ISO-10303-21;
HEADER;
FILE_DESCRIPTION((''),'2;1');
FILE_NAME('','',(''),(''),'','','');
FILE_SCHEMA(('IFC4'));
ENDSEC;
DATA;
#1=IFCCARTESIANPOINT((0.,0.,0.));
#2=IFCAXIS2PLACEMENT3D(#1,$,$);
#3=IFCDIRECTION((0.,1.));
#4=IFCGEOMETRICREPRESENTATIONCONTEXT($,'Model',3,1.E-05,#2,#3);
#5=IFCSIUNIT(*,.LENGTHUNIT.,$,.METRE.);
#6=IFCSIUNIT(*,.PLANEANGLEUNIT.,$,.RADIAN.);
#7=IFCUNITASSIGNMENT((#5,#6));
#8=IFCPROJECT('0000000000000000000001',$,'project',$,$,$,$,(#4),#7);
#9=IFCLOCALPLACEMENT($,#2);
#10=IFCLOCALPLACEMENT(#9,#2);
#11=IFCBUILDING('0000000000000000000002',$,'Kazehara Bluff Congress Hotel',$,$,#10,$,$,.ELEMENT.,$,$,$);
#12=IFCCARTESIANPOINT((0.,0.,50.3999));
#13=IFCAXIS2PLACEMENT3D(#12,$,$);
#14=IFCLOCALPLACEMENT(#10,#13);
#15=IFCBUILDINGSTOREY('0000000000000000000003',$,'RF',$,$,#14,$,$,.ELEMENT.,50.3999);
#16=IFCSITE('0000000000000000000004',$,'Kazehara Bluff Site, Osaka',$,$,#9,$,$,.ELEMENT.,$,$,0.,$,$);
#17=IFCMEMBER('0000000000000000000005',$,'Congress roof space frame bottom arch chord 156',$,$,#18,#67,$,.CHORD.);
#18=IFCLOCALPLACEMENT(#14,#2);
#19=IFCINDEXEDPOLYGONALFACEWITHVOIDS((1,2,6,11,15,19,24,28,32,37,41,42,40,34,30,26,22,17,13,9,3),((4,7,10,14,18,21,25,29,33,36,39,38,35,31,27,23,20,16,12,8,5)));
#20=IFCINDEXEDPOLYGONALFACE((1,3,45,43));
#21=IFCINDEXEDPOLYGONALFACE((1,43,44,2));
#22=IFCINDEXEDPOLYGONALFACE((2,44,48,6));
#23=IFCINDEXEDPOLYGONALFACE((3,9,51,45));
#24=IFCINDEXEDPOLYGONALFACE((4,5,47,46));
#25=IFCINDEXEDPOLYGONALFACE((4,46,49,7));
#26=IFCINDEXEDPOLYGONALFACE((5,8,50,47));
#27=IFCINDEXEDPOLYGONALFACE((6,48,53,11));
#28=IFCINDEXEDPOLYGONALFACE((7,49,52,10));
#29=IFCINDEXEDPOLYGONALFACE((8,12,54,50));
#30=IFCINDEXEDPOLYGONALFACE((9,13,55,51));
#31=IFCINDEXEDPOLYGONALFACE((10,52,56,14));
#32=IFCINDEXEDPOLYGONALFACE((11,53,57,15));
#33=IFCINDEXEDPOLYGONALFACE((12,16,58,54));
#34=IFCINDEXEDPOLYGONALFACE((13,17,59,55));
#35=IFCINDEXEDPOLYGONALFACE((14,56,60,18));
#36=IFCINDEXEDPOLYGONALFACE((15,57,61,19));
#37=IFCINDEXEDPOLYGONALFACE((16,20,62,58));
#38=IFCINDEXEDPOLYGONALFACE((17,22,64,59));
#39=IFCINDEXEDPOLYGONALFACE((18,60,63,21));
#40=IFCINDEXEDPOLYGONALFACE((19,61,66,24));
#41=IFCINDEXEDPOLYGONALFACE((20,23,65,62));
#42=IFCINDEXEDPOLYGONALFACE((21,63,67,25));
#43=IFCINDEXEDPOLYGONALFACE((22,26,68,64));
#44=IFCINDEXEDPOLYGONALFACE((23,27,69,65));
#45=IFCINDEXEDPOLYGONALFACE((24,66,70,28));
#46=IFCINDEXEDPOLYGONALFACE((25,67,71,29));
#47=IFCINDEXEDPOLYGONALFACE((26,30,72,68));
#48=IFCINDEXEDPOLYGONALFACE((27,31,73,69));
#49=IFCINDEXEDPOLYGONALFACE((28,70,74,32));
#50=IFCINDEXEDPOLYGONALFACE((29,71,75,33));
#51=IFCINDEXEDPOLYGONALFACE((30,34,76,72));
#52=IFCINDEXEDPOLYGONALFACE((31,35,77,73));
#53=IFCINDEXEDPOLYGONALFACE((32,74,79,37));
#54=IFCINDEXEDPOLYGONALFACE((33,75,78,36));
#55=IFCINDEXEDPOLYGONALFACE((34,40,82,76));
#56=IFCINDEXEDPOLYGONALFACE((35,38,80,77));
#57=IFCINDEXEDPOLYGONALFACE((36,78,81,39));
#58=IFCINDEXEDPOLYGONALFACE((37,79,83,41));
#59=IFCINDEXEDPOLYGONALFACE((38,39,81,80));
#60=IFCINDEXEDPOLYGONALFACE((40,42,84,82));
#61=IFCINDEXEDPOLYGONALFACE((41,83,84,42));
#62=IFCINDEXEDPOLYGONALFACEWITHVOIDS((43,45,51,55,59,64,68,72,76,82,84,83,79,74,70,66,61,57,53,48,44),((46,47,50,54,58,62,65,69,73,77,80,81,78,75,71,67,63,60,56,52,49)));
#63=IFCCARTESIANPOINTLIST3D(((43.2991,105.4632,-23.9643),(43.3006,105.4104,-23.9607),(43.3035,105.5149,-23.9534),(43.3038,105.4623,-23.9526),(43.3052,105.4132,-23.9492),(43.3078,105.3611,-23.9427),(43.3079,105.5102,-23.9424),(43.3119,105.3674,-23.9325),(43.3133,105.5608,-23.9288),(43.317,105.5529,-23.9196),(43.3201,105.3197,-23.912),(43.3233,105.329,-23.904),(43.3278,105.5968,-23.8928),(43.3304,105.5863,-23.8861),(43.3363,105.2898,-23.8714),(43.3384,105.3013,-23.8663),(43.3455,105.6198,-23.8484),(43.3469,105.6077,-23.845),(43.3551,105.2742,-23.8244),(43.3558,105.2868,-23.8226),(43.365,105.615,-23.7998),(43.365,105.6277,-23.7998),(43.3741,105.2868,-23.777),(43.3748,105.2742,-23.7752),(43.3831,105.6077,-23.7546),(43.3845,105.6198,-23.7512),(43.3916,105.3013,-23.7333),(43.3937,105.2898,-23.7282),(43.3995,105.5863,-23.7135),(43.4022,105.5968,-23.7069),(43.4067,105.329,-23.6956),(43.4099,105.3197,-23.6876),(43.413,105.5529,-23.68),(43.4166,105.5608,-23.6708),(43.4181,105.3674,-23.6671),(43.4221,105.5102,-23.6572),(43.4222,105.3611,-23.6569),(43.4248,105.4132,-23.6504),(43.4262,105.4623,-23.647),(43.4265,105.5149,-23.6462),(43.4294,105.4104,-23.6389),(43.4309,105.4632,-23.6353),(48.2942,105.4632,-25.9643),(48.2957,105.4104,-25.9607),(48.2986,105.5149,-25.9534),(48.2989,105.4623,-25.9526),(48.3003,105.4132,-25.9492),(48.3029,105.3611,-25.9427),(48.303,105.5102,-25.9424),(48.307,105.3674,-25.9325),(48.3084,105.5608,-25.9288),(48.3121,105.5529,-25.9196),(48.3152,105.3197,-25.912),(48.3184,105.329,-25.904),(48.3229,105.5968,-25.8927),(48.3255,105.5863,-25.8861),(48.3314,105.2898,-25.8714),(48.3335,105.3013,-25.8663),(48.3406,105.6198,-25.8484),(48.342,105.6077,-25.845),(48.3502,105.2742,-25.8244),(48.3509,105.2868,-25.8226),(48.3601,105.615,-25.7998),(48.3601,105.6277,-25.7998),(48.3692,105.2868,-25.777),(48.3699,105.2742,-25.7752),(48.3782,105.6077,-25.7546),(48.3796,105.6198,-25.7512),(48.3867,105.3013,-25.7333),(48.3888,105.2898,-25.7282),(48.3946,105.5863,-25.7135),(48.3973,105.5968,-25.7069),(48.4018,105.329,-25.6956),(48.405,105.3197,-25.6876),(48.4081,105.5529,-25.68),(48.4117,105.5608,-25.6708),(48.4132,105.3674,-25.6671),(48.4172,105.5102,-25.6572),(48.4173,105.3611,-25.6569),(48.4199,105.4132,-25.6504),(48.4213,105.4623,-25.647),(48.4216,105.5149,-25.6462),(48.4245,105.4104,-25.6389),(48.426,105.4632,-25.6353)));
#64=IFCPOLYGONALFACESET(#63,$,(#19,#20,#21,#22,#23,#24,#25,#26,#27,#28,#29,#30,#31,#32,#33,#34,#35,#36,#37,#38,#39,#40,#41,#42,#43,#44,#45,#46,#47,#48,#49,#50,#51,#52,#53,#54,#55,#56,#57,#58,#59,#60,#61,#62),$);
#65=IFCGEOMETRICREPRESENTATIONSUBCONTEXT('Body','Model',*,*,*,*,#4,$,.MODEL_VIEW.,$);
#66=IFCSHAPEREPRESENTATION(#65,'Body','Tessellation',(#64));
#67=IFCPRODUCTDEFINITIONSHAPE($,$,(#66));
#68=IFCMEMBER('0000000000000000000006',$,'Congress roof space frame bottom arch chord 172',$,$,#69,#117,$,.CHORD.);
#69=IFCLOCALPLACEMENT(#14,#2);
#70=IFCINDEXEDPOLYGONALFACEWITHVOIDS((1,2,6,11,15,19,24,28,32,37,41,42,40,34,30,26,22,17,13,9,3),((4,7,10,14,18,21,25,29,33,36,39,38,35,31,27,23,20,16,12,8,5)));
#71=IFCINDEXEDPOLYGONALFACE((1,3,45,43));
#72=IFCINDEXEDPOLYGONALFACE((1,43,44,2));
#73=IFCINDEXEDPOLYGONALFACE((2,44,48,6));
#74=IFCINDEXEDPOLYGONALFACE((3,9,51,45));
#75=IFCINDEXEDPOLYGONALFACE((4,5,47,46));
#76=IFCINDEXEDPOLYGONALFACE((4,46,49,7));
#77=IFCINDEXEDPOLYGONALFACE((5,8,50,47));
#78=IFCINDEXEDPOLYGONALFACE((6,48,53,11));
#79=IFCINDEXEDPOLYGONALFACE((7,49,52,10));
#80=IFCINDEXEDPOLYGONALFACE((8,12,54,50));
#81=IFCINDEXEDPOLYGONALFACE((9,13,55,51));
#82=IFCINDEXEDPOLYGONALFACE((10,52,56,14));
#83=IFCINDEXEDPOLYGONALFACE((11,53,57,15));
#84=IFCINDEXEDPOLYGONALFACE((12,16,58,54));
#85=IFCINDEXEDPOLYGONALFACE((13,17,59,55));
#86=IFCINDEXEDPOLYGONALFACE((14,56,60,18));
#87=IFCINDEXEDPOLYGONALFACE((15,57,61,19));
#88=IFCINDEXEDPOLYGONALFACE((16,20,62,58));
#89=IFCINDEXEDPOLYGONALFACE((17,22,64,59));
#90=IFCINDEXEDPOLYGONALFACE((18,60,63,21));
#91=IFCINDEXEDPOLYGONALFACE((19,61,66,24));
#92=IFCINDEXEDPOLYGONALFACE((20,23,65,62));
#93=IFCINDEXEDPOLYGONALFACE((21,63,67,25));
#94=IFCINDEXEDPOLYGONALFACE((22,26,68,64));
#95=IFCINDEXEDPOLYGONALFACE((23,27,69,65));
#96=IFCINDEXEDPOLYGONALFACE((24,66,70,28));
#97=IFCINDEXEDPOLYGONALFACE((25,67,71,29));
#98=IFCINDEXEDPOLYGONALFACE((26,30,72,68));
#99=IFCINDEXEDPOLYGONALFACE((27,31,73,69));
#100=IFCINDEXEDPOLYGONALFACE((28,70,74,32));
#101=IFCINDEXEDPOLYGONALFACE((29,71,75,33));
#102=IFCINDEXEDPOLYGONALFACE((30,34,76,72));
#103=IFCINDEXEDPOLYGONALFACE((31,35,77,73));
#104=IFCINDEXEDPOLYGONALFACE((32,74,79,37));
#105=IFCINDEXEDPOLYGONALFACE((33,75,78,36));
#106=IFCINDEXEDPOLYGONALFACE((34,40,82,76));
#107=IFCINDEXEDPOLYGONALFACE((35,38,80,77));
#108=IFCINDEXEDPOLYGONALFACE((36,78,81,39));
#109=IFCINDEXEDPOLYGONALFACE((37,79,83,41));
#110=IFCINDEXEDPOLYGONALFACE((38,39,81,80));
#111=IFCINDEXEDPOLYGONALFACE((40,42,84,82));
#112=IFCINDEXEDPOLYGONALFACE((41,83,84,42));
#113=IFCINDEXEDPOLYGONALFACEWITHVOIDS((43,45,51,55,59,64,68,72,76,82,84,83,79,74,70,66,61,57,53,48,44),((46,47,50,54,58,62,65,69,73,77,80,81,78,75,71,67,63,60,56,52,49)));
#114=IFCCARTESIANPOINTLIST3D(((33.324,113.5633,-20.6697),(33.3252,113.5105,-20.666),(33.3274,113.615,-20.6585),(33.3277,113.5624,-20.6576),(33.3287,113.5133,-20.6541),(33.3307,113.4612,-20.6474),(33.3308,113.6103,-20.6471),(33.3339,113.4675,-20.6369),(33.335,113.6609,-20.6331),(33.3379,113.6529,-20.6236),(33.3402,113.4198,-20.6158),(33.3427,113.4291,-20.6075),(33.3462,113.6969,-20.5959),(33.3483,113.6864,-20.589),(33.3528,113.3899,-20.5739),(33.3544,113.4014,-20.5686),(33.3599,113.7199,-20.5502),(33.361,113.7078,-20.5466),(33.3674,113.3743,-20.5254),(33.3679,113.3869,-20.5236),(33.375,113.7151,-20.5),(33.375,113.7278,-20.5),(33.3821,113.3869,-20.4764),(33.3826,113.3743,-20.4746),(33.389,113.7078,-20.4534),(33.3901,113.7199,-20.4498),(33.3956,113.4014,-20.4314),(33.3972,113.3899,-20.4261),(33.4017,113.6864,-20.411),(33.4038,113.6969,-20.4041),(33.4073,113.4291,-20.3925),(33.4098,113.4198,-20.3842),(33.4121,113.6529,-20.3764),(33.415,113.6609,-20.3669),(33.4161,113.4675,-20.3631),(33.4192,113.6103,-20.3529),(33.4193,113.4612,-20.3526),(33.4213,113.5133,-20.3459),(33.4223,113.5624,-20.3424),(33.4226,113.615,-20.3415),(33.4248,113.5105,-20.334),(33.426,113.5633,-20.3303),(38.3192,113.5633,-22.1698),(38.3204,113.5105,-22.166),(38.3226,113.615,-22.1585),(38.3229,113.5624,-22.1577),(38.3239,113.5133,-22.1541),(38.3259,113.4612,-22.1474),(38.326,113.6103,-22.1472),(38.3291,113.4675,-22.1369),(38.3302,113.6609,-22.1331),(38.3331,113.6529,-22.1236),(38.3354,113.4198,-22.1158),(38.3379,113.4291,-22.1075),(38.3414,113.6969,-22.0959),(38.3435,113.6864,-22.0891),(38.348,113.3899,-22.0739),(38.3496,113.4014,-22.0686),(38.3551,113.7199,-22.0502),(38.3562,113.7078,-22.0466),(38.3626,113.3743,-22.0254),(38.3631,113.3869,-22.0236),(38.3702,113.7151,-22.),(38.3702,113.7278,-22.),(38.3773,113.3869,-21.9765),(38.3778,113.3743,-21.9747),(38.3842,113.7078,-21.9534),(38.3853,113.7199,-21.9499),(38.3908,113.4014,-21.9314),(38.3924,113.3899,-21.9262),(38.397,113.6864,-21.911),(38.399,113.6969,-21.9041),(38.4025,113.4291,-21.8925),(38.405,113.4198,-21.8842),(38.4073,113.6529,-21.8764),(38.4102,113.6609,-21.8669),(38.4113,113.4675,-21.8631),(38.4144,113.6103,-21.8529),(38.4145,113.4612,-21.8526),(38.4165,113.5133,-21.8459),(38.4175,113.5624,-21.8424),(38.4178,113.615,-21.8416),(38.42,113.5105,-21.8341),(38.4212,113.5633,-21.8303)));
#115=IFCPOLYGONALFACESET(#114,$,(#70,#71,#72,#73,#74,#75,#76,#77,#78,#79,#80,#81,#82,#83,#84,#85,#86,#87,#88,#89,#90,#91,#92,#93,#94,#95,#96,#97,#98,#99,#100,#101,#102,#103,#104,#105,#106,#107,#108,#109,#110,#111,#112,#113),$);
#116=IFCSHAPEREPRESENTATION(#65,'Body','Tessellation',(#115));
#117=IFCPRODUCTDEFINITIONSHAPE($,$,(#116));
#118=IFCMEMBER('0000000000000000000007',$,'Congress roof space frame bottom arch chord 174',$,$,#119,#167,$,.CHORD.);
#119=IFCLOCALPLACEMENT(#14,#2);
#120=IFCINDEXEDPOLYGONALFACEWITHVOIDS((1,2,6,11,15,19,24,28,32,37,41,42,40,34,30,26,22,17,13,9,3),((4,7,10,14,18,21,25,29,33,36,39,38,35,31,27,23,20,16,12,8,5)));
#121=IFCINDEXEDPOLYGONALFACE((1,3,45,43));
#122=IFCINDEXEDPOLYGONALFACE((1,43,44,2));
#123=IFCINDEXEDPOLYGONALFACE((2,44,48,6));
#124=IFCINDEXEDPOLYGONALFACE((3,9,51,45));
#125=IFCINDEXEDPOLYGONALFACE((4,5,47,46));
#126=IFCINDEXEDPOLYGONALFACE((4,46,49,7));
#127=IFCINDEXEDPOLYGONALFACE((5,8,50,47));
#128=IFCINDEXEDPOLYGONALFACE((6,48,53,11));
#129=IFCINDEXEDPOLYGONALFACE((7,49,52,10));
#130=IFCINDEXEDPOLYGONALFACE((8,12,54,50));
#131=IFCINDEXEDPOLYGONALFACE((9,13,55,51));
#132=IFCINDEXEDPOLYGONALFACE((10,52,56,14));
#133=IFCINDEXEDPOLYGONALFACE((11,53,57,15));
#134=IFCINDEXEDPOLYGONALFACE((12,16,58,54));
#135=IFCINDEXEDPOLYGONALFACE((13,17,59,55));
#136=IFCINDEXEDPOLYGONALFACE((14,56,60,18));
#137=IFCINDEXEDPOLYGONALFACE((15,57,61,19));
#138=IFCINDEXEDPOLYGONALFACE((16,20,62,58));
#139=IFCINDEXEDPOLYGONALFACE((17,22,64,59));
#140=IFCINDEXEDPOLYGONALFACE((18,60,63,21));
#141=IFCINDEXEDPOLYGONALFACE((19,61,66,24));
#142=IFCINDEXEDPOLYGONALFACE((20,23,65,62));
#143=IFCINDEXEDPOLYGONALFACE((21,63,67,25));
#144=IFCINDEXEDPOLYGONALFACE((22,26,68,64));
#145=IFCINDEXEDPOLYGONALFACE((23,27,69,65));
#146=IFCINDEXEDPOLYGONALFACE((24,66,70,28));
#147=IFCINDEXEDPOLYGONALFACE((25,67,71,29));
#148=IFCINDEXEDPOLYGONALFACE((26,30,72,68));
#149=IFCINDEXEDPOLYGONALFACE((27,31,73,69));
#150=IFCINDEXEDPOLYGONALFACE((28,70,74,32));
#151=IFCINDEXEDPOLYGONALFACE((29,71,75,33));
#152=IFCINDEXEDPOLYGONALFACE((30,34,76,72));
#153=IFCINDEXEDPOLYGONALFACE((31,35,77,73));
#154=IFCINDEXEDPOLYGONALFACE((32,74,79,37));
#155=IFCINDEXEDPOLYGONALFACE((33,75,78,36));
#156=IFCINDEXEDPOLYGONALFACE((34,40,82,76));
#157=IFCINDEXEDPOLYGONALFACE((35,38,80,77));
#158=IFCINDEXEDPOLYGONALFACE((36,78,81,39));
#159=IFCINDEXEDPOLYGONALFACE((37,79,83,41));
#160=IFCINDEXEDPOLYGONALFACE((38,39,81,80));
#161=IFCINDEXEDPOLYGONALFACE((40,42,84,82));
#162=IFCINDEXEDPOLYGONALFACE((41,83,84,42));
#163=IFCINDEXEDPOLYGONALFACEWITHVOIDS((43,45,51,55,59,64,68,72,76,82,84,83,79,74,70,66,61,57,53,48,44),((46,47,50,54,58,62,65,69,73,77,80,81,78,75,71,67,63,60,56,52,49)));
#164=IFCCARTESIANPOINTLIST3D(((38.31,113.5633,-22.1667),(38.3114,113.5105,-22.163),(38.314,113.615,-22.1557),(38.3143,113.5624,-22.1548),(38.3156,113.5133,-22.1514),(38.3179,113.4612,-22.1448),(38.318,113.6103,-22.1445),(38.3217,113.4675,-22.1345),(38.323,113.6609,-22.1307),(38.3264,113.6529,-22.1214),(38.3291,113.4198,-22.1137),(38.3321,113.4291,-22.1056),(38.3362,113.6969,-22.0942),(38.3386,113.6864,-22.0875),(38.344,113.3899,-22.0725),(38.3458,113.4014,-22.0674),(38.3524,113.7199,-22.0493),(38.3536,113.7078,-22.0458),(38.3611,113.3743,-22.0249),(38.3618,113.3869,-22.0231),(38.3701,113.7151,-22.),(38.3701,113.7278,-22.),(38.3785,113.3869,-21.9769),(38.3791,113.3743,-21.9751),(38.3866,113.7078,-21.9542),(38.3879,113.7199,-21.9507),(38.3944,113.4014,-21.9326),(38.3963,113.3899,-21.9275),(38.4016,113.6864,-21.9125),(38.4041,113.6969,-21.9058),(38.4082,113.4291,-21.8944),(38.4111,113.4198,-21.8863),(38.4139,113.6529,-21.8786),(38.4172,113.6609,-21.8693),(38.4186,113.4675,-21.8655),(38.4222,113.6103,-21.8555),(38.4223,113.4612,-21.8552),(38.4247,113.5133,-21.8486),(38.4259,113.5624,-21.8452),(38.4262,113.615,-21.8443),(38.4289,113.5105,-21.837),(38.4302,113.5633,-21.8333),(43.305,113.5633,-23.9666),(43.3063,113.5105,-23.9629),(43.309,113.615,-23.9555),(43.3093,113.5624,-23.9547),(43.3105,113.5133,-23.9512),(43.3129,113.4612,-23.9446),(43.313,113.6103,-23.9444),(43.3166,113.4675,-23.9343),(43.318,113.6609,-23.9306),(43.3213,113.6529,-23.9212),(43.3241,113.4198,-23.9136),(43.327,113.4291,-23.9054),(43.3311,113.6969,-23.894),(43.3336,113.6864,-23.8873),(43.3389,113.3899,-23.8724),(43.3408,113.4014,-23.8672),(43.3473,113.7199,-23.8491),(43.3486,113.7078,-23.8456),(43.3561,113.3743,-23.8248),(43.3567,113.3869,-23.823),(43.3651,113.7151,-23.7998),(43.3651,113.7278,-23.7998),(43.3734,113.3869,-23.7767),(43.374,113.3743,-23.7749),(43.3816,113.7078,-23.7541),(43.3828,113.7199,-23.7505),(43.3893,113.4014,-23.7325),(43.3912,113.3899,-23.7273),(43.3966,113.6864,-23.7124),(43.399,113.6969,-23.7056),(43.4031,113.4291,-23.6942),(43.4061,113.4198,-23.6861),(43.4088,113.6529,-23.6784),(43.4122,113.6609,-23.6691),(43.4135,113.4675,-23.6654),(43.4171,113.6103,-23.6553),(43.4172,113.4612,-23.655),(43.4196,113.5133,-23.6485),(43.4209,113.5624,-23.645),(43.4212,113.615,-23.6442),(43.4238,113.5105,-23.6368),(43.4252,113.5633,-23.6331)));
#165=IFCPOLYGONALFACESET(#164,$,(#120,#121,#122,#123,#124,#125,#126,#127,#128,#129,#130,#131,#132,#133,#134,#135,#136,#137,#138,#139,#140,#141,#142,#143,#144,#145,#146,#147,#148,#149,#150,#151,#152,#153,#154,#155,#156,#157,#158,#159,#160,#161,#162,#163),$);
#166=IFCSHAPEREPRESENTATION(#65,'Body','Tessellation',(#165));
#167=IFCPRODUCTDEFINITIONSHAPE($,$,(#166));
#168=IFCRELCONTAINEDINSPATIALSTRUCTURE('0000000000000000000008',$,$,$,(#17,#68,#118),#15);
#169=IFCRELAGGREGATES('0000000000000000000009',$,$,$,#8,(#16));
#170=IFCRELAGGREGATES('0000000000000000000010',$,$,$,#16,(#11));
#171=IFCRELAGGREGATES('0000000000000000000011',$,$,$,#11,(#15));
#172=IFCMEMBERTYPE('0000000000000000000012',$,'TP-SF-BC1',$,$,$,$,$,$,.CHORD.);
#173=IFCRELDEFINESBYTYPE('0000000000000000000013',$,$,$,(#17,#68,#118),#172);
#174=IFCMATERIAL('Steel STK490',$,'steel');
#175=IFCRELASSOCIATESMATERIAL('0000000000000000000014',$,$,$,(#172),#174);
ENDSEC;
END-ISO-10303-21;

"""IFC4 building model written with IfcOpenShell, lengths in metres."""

from ifc_helpers import new_model, si_unit, direction, frame, origin, origin_2d, place, context, subcontext, project, spatial, hollow_circle, extrude, material, material_profile, profile_set, type_object, element, save


model = new_model("IFC4")

# Units and contexts
model_context = context("Model", 3, precision=1e-05, world=origin(), true_north=direction((0.0, 1.0)))
body_context = subcontext(model_context, "Body", "Model", "MODEL_VIEW")
ifc_project = project(units=[si_unit("LENGTHUNIT", "METRE"), si_unit("PLANEANGLEUNIT", "RADIAN")], contexts=[model_context])

# Site, building, storey
site_placement = place(None, origin())
site = spatial("IfcSite", under=ifc_project, at=site_placement, Name="Kazehara Bluff Site, Osaka", CompositionType="ELEMENT", RefElevation=0.0)
building_placement = place(site_placement, origin())
building = spatial("IfcBuilding", under=site, at=building_placement, Name="Kazehara Bluff Congress Hotel", CompositionType="ELEMENT")
storey_placement = place(building_placement, frame((0.0, 0.0, 50.3999)))
storey = spatial("IfcBuildingStorey", under=building, at=storey_placement, Name="RF", CompositionType="ELEMENT", Elevation=50.3999)

# Members
ifc_material_1 = material(Name="Steel STK490", Category="steel")
ifc_material_profile_1 = material_profile(ifc_material_1, hollow_circle(Radius=0.1777, WallThickness=0.0127, at=origin_2d()))
ifc_profile_set_1 = profile_set([ifc_material_profile_1], Name="Steel STK490")
member_type_1 = type_object("IfcMemberType", Name="TP-SF-BC1", PredefinedType="CHORD", material=ifc_profile_set_1)
member_1_placement = place(storey_placement, frame((43.365, 105.45, -23.7998), z_axis=(0.928351, 0.0, -0.371704), x_axis=(0.0, 1.0, 0.0)))
element("IfcMember", 1, at=member_1_placement, inside=storey, type_object=member_type_1, Name="Congress roof space frame bottom arch chord 156", PredefinedType="CHORD", context=body_context, shape_type="SweptSolid", body=[
    extrude(hollow_circle(Radius=0.1777, WallThickness=0.0127, at=origin_2d()), origin(), (0.0, 0.0, 1.0), 5.3806),
])
member_2_placement = place(storey_placement, frame((33.375, 113.55, -20.5), z_axis=(0.957749, 0.0, -0.287606), x_axis=(0.0, 1.0, 0.0)))
element("IfcMember", 2, at=member_2_placement, inside=storey, type_object=member_type_1, Name="Congress roof space frame bottom arch chord 172", PredefinedType="CHORD", context=body_context, shape_type="SweptSolid", body=[
    extrude(hollow_circle(Radius=0.1777, WallThickness=0.0127, at=origin_2d()), origin(), (0.0, 0.0, 1.0), 5.2156),
])
member_3_placement = place(storey_placement, frame((38.3701, 113.55, -22.0), z_axis=(0.940788, 0.0, -0.338995), x_axis=(0.0, 1.0, 0.0)))
element("IfcMember", 3, at=member_3_placement, inside=storey, type_object=member_type_1, Name="Congress roof space frame bottom arch chord 174", PredefinedType="CHORD", context=body_context, shape_type="SweptSolid", body=[
    extrude(hollow_circle(Radius=0.1777, WallThickness=0.0127, at=origin_2d()), origin(), (0.0, 0.0, 1.0), 5.3093),
])

save(model, "model.ifc")
